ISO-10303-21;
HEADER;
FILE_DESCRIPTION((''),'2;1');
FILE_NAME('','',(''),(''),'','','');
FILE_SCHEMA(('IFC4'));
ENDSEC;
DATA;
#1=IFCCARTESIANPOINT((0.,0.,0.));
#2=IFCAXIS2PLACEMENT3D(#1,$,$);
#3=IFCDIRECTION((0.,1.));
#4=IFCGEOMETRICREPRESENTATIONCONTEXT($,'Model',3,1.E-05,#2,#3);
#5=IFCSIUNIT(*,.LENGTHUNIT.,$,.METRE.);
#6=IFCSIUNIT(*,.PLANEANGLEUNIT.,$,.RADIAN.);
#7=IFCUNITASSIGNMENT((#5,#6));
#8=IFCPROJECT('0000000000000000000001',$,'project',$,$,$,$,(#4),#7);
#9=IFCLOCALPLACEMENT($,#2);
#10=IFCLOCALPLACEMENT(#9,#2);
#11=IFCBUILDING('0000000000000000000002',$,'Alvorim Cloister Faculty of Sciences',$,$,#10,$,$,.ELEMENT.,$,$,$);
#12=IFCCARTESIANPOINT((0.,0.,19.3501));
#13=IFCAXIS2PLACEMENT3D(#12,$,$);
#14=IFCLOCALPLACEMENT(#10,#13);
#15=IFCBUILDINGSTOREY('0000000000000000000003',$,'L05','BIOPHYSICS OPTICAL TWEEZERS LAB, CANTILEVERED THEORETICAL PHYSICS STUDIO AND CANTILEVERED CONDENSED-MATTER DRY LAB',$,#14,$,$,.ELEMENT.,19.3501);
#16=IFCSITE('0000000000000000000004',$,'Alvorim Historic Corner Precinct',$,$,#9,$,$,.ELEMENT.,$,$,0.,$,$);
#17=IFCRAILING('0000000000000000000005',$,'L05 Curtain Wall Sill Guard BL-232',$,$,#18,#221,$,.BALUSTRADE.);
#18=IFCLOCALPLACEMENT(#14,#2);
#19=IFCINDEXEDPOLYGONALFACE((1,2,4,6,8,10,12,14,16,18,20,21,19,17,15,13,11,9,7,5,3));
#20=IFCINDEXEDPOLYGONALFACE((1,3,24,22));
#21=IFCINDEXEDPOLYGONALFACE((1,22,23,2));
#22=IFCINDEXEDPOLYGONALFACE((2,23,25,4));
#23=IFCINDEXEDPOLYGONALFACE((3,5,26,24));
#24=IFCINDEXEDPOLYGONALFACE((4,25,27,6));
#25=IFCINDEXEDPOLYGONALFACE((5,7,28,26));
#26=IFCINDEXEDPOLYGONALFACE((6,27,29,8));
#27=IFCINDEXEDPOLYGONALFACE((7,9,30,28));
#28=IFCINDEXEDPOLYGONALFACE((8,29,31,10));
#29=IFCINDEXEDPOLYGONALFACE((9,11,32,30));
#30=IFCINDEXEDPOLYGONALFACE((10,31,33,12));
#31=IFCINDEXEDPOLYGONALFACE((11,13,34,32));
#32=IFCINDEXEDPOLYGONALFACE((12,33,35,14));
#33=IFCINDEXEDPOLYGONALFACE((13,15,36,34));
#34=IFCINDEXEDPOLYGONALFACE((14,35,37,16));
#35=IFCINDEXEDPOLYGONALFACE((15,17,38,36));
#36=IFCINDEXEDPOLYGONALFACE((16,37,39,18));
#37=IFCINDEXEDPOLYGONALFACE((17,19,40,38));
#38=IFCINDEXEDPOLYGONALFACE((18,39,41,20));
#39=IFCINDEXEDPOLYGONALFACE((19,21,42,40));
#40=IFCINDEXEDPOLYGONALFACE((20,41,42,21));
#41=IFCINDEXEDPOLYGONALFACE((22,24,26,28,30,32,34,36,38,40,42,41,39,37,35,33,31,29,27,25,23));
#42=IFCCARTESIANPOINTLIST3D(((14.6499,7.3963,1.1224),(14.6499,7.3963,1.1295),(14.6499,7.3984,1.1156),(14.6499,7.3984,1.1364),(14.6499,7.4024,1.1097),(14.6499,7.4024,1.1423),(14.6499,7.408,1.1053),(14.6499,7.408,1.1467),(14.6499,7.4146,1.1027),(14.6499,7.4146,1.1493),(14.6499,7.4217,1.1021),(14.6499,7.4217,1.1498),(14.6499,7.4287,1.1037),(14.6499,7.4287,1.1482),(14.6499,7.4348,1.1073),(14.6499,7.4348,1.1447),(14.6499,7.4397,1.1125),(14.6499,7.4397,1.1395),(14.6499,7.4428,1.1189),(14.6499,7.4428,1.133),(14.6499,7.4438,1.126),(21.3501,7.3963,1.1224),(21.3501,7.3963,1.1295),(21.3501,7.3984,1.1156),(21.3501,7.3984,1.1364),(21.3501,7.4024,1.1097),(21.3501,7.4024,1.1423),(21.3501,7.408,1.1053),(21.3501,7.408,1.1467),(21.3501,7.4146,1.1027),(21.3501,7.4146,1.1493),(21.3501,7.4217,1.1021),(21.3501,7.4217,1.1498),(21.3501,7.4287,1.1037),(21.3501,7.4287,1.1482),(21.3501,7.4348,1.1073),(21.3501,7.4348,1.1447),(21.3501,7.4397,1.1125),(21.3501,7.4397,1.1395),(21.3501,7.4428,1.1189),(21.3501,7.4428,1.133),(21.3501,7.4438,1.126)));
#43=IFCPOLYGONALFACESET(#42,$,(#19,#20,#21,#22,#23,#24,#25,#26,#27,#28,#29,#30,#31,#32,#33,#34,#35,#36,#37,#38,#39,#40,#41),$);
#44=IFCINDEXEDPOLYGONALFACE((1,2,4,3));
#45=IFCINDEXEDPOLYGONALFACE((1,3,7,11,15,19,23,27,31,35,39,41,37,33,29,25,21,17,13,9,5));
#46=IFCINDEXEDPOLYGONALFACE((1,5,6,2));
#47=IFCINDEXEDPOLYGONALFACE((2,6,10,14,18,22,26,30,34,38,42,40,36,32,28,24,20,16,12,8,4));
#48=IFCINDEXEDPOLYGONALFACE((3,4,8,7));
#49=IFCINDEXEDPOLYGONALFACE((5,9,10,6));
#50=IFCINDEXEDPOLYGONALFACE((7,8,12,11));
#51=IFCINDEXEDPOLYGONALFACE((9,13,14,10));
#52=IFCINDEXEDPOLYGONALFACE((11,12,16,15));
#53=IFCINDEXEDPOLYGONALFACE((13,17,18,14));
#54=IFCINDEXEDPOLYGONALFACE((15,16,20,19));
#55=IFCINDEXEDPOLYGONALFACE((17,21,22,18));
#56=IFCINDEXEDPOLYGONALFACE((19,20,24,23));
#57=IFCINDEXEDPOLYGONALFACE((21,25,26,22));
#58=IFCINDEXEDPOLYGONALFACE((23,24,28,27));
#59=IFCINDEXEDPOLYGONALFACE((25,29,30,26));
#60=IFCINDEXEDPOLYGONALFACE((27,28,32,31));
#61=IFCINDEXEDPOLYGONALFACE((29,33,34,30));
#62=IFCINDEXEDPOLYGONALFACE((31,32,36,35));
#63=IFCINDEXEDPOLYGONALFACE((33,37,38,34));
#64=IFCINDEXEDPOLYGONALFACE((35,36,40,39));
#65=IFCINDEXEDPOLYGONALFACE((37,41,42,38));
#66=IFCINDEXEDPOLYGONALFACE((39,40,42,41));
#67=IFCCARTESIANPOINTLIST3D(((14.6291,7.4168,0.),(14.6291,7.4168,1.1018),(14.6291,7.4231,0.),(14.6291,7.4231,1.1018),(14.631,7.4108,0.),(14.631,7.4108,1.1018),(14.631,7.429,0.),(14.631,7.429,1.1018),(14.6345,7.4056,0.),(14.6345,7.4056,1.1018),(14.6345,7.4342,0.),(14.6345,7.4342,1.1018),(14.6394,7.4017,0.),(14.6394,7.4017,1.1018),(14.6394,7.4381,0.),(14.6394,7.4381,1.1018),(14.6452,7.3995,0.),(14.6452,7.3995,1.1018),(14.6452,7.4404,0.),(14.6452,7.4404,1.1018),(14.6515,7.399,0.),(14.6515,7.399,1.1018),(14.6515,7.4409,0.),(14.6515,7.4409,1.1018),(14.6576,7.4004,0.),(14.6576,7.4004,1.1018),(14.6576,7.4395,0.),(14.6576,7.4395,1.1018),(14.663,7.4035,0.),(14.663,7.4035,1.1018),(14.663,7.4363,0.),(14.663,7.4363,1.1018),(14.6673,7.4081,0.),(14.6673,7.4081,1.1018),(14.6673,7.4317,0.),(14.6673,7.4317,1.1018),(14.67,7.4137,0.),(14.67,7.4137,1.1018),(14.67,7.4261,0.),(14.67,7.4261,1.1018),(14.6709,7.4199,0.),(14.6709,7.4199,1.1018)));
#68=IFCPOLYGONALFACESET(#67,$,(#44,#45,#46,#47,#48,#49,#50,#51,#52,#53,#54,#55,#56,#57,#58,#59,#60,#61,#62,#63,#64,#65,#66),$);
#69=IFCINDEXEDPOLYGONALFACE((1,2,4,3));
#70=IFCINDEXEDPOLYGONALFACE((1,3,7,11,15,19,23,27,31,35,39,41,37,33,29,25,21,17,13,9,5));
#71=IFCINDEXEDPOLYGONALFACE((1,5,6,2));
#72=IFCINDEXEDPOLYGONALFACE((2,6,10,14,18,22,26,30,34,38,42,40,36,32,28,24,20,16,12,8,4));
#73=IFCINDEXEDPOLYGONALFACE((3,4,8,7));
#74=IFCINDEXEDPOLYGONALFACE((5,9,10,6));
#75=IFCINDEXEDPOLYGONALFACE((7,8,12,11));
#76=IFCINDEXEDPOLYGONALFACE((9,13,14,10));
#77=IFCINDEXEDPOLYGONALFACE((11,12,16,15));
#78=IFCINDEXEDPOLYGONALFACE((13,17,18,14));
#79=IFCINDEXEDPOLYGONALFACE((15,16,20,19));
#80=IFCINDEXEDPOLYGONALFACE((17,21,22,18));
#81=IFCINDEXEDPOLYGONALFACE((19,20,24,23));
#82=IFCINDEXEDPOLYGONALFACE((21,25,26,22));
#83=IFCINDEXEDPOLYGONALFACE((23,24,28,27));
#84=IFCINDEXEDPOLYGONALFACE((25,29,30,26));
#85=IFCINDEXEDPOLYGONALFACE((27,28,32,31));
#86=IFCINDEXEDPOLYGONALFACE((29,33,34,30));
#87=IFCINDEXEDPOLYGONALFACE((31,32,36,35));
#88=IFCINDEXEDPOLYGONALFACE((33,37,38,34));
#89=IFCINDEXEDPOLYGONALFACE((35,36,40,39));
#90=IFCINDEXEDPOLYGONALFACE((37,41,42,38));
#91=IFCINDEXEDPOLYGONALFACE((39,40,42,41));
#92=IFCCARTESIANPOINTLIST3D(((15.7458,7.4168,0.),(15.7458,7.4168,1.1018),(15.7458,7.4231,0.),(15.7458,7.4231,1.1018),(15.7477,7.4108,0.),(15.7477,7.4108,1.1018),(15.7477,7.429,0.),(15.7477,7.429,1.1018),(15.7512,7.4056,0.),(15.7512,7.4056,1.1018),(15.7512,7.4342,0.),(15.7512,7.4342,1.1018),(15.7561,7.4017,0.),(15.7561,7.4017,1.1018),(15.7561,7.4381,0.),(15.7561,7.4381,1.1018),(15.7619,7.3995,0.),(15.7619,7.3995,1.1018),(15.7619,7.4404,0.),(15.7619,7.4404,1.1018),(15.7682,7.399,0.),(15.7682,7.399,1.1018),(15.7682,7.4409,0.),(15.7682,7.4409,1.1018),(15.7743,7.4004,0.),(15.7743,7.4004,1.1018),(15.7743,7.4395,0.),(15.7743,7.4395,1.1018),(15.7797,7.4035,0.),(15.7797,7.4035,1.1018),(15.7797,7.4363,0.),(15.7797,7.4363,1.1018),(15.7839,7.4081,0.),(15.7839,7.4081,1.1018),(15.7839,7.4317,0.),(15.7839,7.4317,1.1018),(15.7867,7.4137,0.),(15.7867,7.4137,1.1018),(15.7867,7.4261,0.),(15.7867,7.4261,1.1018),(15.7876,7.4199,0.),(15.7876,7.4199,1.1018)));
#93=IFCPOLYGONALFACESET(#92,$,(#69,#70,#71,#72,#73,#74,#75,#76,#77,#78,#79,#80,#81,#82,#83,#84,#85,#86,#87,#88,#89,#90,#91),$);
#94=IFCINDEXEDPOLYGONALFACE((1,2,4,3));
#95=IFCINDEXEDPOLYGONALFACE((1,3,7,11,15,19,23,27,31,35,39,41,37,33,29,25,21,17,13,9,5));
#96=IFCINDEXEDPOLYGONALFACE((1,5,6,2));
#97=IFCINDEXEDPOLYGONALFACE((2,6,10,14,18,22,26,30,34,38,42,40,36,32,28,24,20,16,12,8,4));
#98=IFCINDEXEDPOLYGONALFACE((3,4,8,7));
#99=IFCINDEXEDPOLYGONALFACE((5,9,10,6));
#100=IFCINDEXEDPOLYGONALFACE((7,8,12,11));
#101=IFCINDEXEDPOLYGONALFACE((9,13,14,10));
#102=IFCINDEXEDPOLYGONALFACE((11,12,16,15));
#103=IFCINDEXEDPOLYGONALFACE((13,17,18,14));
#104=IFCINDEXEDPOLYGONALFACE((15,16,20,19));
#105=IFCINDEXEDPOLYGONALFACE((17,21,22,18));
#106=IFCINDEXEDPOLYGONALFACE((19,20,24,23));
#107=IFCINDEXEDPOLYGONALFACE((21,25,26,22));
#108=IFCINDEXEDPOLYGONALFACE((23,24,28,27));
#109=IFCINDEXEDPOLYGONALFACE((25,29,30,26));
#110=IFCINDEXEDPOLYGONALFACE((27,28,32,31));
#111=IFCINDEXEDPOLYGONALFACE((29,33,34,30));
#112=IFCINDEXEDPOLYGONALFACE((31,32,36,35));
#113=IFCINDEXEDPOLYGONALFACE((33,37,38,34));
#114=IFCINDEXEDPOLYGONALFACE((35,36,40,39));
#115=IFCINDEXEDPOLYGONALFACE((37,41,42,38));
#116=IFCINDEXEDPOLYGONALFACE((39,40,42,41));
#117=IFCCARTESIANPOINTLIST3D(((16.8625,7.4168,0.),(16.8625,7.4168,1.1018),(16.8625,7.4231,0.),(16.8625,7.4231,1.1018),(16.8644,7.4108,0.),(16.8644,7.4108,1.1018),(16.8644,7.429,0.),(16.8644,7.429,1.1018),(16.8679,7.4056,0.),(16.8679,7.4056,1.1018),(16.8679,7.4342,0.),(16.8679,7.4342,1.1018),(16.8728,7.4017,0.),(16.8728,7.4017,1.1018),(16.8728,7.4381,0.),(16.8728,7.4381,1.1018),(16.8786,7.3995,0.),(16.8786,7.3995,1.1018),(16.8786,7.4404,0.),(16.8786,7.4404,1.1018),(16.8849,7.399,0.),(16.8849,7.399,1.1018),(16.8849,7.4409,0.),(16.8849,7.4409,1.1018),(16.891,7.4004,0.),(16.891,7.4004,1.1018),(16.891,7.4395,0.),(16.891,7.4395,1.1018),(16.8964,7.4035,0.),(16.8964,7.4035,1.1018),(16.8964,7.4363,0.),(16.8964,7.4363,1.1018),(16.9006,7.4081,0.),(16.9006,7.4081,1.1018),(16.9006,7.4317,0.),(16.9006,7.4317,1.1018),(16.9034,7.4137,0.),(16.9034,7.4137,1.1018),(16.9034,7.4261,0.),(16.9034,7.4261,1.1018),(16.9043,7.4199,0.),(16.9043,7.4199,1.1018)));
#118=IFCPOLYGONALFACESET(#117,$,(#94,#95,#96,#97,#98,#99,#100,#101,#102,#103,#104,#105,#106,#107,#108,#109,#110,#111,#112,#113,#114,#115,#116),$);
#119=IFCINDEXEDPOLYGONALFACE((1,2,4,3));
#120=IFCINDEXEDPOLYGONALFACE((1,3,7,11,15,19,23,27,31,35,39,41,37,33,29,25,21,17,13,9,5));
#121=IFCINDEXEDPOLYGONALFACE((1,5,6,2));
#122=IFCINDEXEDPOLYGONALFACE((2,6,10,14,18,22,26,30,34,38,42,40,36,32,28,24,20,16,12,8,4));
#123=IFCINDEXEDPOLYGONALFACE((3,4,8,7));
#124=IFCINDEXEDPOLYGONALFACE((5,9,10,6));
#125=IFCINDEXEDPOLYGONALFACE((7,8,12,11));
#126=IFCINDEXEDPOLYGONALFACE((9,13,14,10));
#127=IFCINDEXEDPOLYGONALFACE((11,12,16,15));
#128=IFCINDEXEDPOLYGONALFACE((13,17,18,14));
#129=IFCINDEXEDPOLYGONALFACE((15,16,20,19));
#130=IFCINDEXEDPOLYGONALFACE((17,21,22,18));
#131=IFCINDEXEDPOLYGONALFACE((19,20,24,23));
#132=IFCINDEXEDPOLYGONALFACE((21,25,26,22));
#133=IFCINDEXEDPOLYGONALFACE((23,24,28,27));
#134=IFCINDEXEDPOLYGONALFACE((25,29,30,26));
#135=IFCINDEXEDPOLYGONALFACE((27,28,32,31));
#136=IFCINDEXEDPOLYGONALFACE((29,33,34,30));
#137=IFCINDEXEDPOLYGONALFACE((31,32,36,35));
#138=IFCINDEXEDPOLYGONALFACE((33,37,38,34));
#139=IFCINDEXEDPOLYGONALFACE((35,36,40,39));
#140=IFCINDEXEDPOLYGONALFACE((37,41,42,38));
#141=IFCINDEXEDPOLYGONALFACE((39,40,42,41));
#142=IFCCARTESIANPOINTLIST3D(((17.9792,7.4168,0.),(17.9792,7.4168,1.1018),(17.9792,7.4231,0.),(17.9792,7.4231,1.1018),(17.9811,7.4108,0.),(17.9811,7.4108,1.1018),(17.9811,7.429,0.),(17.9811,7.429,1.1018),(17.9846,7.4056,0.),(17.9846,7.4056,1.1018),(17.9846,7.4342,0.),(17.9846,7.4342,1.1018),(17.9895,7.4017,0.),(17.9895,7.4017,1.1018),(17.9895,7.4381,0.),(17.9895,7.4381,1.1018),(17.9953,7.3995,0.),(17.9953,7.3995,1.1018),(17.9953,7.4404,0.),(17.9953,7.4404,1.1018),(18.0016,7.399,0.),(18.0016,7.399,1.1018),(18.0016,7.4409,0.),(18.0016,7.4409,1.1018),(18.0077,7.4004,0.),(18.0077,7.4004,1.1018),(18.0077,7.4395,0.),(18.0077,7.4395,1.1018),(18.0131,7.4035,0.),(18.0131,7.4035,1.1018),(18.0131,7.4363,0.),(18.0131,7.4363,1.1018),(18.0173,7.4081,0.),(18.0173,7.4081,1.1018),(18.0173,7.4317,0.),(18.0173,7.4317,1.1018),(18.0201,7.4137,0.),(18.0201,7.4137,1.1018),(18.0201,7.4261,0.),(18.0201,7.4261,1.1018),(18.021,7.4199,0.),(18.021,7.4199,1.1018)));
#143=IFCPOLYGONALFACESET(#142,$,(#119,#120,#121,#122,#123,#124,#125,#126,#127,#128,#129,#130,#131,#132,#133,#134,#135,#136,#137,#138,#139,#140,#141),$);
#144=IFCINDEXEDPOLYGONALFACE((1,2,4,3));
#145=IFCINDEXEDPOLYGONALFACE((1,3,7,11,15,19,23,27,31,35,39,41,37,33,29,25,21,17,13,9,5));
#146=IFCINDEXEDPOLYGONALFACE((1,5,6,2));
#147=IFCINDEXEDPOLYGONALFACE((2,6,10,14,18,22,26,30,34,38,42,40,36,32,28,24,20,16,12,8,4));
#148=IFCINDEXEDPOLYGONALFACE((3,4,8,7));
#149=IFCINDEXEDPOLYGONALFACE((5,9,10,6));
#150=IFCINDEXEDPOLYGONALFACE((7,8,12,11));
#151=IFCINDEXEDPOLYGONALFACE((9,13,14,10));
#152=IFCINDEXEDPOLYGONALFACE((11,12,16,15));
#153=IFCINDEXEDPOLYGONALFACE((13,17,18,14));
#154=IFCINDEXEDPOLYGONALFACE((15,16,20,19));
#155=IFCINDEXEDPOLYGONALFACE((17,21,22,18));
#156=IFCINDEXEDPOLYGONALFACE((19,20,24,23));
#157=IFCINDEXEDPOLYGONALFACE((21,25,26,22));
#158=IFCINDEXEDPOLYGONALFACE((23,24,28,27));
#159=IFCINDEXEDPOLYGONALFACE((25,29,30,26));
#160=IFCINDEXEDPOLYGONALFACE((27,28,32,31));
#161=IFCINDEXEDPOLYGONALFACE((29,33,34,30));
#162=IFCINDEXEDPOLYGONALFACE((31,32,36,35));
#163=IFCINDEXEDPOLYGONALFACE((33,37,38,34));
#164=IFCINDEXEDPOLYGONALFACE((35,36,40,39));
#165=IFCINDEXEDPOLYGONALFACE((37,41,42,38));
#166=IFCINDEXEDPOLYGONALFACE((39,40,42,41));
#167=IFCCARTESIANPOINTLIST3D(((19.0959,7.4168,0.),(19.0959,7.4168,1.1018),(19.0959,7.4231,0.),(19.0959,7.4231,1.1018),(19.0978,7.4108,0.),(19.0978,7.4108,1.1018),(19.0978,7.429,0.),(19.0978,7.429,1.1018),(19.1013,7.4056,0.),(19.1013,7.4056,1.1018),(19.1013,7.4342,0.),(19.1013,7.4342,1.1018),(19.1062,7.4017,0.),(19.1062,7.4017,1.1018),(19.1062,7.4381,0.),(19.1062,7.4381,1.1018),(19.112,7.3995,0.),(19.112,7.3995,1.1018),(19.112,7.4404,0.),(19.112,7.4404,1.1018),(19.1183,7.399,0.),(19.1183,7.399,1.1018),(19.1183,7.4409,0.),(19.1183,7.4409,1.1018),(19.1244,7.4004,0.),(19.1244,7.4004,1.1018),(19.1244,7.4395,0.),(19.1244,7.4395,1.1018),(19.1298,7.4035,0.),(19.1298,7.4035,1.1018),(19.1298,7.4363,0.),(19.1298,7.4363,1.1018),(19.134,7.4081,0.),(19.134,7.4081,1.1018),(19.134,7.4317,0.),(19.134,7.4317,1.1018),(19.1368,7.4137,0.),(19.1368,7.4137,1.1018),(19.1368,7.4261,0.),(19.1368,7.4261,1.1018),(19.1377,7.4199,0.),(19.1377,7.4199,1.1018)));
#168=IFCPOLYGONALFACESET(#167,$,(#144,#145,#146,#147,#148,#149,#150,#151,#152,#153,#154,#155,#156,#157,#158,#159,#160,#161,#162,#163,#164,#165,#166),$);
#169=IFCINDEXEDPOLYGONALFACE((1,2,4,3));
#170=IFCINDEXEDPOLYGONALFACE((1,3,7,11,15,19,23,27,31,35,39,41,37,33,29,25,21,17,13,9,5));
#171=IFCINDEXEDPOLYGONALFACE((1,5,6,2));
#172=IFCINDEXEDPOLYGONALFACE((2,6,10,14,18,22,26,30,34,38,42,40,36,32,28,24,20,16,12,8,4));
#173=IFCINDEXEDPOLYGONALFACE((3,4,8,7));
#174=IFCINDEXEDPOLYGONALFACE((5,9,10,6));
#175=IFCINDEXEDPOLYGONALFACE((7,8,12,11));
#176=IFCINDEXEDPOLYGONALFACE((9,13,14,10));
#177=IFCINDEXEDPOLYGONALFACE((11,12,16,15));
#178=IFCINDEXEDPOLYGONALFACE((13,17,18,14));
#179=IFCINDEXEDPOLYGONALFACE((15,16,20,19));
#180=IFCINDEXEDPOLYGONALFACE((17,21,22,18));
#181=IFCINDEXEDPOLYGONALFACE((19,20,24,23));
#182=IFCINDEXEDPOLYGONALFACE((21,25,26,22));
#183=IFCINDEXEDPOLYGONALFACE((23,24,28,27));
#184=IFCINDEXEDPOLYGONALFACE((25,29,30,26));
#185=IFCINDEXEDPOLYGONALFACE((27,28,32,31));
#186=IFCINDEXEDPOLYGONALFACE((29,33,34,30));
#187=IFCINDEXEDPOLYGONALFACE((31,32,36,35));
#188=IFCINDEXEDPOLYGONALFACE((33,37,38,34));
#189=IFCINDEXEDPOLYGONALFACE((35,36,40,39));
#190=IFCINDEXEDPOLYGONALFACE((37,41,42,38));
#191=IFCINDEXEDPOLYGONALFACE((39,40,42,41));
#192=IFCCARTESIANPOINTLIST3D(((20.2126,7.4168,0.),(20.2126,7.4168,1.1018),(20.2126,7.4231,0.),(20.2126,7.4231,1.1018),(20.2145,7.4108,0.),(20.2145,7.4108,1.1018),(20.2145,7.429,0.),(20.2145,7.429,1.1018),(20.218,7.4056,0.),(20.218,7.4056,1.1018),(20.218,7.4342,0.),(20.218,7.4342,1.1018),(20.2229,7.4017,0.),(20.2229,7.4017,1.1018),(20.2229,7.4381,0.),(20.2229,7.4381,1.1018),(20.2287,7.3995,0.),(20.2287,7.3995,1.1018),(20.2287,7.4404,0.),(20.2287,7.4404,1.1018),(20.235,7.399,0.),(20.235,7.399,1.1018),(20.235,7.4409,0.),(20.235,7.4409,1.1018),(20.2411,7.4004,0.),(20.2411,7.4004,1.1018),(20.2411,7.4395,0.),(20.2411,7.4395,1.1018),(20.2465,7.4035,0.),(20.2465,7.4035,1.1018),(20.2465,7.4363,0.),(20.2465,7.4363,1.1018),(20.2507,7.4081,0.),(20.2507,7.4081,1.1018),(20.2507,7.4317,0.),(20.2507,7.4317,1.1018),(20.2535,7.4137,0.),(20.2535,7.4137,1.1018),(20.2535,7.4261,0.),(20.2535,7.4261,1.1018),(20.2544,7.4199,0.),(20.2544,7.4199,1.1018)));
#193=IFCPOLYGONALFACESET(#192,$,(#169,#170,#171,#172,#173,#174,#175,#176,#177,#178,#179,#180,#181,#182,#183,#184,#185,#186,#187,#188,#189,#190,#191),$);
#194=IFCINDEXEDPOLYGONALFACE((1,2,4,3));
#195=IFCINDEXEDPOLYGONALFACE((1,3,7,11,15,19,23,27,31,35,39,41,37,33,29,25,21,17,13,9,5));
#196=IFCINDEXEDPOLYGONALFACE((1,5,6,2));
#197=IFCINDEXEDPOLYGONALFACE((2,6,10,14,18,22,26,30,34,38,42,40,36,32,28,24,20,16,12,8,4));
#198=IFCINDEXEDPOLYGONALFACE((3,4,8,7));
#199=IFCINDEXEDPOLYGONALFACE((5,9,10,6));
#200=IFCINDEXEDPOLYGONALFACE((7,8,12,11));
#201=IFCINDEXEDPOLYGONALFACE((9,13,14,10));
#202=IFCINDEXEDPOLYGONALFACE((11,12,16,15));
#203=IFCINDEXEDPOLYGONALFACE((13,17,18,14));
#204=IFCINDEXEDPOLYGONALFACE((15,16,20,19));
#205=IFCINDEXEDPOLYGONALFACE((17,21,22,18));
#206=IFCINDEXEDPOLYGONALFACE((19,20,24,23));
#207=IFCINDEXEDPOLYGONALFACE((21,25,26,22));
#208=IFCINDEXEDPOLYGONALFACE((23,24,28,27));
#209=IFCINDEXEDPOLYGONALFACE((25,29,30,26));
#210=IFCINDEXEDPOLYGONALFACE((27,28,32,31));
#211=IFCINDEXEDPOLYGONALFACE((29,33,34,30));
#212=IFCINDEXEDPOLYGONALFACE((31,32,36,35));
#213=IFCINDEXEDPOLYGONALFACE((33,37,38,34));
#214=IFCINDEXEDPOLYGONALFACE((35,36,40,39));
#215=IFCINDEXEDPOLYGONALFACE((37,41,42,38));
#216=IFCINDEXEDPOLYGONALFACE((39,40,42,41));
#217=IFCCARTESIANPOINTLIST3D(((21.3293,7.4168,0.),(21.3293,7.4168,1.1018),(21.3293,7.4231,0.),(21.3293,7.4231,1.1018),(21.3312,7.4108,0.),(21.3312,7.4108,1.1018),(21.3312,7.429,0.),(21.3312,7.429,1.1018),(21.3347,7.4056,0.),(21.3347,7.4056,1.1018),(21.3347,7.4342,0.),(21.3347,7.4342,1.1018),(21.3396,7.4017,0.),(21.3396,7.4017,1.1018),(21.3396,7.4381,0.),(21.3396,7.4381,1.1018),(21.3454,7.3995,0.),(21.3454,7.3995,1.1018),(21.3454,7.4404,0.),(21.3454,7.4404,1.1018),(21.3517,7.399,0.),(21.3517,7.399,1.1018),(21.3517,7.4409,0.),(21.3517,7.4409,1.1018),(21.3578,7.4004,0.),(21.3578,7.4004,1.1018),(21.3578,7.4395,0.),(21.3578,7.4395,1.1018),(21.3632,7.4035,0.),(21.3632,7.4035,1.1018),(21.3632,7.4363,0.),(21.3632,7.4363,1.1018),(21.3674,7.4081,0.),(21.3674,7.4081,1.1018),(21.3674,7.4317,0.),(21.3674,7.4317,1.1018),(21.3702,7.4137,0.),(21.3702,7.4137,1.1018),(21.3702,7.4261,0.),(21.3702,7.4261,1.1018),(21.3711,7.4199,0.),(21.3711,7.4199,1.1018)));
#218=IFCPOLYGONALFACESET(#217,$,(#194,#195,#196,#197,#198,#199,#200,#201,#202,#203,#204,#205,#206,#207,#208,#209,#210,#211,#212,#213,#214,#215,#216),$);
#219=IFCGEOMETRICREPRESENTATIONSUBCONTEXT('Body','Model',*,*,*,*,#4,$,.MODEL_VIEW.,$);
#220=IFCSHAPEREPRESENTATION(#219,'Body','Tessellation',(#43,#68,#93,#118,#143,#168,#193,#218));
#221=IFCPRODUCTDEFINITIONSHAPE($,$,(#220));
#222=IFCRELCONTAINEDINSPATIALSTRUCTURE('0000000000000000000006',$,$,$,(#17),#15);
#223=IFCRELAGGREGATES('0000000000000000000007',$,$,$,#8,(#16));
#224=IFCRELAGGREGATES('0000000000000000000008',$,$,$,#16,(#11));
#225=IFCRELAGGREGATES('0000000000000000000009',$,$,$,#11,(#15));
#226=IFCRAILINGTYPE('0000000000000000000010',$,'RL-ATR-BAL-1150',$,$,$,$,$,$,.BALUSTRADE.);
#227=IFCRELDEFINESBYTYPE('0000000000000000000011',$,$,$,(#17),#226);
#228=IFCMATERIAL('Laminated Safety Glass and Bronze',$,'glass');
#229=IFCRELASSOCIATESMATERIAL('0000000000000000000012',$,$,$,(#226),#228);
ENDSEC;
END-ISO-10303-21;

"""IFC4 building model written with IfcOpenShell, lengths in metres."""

from ifc_helpers import new_model, si_unit, direction, frame, origin, origin_2d, place, context, subcontext, project, spatial, circle, extrude, material, type_object, element, save


model = new_model("IFC4")

# Units and contexts
model_context = context("Model", 3, precision=1e-05, world=origin(), true_north=direction((0.0, 1.0)))
body_context = subcontext(model_context, "Body", "Model", "MODEL_VIEW")
ifc_project = project(units=[si_unit("LENGTHUNIT", "METRE"), si_unit("PLANEANGLEUNIT", "RADIAN")], contexts=[model_context])

# Site, building, storey
site_placement = place(None, origin())
site = spatial("IfcSite", under=ifc_project, at=site_placement, Name="Alvorim Historic Corner Precinct", CompositionType="ELEMENT", RefElevation=0.0)
building_placement = place(site_placement, origin())
building = spatial("IfcBuilding", under=site, at=building_placement, Name="Alvorim Cloister Faculty of Sciences", CompositionType="ELEMENT")
storey_placement = place(building_placement, frame((0.0, 0.0, 19.3501)))
storey = spatial("IfcBuildingStorey", under=building, at=storey_placement, Name="L05", Description="BIOPHYSICS OPTICAL TWEEZERS LAB, CANTILEVERED THEORETICAL PHYSICS STUDIO AND CANTILEVERED CONDENSED-MATTER DRY LAB", CompositionType="ELEMENT", Elevation=19.3501)

# Railing
ifc_material_1 = material(Name="Laminated Safety Glass and Bronze", Category="glass")
railing_type = type_object("IfcRailingType", Name="RL-ATR-BAL-1150", PredefinedType="BALUSTRADE", material=ifc_material_1)
railing_placement = place(storey_placement, frame((14.6499, 7.4199, 0.0)))
element("IfcRailing", 1, at=railing_placement, inside=storey, type_object=railing_type, Name="L05 Curtain Wall Sill Guard BL-232", PredefinedType="BALUSTRADE", context=body_context, shape_type="SweptSolid", body=[
    extrude(circle(Radius=0.0239, at=origin_2d()), frame((0.0, 0.0, 1.126), z_axis=(1.0, 0.0, 0.0), x_axis=(0.0, 1.0, 0.0)), (0.0, 0.0, 1.0), 6.7002),
    extrude(circle(Radius=0.021, at=origin_2d()), origin(), (0.0, 0.0, 1.0), 1.1018),
    extrude(circle(Radius=0.021, at=origin_2d()), frame((1.1167, 0.0, 0.0)), (0.0, 0.0, 1.0), 1.1018),
    extrude(circle(Radius=0.021, at=origin_2d()), frame((2.2334, 0.0, 0.0)), (0.0, 0.0, 1.0), 1.1018),
    extrude(circle(Radius=0.021, at=origin_2d()), frame((3.3501, 0.0, 0.0)), (0.0, 0.0, 1.0), 1.1018),
    extrude(circle(Radius=0.021, at=origin_2d()), frame((4.4668, 0.0, 0.0)), (0.0, 0.0, 1.0), 1.1018),
    extrude(circle(Radius=0.021, at=origin_2d()), frame((5.5835, 0.0, 0.0)), (0.0, 0.0, 1.0), 1.1018),
    extrude(circle(Radius=0.021, at=origin_2d()), frame((6.7002, 0.0, 0.0)), (0.0, 0.0, 1.0), 1.1018),
])

save(model, "model.ifc")
